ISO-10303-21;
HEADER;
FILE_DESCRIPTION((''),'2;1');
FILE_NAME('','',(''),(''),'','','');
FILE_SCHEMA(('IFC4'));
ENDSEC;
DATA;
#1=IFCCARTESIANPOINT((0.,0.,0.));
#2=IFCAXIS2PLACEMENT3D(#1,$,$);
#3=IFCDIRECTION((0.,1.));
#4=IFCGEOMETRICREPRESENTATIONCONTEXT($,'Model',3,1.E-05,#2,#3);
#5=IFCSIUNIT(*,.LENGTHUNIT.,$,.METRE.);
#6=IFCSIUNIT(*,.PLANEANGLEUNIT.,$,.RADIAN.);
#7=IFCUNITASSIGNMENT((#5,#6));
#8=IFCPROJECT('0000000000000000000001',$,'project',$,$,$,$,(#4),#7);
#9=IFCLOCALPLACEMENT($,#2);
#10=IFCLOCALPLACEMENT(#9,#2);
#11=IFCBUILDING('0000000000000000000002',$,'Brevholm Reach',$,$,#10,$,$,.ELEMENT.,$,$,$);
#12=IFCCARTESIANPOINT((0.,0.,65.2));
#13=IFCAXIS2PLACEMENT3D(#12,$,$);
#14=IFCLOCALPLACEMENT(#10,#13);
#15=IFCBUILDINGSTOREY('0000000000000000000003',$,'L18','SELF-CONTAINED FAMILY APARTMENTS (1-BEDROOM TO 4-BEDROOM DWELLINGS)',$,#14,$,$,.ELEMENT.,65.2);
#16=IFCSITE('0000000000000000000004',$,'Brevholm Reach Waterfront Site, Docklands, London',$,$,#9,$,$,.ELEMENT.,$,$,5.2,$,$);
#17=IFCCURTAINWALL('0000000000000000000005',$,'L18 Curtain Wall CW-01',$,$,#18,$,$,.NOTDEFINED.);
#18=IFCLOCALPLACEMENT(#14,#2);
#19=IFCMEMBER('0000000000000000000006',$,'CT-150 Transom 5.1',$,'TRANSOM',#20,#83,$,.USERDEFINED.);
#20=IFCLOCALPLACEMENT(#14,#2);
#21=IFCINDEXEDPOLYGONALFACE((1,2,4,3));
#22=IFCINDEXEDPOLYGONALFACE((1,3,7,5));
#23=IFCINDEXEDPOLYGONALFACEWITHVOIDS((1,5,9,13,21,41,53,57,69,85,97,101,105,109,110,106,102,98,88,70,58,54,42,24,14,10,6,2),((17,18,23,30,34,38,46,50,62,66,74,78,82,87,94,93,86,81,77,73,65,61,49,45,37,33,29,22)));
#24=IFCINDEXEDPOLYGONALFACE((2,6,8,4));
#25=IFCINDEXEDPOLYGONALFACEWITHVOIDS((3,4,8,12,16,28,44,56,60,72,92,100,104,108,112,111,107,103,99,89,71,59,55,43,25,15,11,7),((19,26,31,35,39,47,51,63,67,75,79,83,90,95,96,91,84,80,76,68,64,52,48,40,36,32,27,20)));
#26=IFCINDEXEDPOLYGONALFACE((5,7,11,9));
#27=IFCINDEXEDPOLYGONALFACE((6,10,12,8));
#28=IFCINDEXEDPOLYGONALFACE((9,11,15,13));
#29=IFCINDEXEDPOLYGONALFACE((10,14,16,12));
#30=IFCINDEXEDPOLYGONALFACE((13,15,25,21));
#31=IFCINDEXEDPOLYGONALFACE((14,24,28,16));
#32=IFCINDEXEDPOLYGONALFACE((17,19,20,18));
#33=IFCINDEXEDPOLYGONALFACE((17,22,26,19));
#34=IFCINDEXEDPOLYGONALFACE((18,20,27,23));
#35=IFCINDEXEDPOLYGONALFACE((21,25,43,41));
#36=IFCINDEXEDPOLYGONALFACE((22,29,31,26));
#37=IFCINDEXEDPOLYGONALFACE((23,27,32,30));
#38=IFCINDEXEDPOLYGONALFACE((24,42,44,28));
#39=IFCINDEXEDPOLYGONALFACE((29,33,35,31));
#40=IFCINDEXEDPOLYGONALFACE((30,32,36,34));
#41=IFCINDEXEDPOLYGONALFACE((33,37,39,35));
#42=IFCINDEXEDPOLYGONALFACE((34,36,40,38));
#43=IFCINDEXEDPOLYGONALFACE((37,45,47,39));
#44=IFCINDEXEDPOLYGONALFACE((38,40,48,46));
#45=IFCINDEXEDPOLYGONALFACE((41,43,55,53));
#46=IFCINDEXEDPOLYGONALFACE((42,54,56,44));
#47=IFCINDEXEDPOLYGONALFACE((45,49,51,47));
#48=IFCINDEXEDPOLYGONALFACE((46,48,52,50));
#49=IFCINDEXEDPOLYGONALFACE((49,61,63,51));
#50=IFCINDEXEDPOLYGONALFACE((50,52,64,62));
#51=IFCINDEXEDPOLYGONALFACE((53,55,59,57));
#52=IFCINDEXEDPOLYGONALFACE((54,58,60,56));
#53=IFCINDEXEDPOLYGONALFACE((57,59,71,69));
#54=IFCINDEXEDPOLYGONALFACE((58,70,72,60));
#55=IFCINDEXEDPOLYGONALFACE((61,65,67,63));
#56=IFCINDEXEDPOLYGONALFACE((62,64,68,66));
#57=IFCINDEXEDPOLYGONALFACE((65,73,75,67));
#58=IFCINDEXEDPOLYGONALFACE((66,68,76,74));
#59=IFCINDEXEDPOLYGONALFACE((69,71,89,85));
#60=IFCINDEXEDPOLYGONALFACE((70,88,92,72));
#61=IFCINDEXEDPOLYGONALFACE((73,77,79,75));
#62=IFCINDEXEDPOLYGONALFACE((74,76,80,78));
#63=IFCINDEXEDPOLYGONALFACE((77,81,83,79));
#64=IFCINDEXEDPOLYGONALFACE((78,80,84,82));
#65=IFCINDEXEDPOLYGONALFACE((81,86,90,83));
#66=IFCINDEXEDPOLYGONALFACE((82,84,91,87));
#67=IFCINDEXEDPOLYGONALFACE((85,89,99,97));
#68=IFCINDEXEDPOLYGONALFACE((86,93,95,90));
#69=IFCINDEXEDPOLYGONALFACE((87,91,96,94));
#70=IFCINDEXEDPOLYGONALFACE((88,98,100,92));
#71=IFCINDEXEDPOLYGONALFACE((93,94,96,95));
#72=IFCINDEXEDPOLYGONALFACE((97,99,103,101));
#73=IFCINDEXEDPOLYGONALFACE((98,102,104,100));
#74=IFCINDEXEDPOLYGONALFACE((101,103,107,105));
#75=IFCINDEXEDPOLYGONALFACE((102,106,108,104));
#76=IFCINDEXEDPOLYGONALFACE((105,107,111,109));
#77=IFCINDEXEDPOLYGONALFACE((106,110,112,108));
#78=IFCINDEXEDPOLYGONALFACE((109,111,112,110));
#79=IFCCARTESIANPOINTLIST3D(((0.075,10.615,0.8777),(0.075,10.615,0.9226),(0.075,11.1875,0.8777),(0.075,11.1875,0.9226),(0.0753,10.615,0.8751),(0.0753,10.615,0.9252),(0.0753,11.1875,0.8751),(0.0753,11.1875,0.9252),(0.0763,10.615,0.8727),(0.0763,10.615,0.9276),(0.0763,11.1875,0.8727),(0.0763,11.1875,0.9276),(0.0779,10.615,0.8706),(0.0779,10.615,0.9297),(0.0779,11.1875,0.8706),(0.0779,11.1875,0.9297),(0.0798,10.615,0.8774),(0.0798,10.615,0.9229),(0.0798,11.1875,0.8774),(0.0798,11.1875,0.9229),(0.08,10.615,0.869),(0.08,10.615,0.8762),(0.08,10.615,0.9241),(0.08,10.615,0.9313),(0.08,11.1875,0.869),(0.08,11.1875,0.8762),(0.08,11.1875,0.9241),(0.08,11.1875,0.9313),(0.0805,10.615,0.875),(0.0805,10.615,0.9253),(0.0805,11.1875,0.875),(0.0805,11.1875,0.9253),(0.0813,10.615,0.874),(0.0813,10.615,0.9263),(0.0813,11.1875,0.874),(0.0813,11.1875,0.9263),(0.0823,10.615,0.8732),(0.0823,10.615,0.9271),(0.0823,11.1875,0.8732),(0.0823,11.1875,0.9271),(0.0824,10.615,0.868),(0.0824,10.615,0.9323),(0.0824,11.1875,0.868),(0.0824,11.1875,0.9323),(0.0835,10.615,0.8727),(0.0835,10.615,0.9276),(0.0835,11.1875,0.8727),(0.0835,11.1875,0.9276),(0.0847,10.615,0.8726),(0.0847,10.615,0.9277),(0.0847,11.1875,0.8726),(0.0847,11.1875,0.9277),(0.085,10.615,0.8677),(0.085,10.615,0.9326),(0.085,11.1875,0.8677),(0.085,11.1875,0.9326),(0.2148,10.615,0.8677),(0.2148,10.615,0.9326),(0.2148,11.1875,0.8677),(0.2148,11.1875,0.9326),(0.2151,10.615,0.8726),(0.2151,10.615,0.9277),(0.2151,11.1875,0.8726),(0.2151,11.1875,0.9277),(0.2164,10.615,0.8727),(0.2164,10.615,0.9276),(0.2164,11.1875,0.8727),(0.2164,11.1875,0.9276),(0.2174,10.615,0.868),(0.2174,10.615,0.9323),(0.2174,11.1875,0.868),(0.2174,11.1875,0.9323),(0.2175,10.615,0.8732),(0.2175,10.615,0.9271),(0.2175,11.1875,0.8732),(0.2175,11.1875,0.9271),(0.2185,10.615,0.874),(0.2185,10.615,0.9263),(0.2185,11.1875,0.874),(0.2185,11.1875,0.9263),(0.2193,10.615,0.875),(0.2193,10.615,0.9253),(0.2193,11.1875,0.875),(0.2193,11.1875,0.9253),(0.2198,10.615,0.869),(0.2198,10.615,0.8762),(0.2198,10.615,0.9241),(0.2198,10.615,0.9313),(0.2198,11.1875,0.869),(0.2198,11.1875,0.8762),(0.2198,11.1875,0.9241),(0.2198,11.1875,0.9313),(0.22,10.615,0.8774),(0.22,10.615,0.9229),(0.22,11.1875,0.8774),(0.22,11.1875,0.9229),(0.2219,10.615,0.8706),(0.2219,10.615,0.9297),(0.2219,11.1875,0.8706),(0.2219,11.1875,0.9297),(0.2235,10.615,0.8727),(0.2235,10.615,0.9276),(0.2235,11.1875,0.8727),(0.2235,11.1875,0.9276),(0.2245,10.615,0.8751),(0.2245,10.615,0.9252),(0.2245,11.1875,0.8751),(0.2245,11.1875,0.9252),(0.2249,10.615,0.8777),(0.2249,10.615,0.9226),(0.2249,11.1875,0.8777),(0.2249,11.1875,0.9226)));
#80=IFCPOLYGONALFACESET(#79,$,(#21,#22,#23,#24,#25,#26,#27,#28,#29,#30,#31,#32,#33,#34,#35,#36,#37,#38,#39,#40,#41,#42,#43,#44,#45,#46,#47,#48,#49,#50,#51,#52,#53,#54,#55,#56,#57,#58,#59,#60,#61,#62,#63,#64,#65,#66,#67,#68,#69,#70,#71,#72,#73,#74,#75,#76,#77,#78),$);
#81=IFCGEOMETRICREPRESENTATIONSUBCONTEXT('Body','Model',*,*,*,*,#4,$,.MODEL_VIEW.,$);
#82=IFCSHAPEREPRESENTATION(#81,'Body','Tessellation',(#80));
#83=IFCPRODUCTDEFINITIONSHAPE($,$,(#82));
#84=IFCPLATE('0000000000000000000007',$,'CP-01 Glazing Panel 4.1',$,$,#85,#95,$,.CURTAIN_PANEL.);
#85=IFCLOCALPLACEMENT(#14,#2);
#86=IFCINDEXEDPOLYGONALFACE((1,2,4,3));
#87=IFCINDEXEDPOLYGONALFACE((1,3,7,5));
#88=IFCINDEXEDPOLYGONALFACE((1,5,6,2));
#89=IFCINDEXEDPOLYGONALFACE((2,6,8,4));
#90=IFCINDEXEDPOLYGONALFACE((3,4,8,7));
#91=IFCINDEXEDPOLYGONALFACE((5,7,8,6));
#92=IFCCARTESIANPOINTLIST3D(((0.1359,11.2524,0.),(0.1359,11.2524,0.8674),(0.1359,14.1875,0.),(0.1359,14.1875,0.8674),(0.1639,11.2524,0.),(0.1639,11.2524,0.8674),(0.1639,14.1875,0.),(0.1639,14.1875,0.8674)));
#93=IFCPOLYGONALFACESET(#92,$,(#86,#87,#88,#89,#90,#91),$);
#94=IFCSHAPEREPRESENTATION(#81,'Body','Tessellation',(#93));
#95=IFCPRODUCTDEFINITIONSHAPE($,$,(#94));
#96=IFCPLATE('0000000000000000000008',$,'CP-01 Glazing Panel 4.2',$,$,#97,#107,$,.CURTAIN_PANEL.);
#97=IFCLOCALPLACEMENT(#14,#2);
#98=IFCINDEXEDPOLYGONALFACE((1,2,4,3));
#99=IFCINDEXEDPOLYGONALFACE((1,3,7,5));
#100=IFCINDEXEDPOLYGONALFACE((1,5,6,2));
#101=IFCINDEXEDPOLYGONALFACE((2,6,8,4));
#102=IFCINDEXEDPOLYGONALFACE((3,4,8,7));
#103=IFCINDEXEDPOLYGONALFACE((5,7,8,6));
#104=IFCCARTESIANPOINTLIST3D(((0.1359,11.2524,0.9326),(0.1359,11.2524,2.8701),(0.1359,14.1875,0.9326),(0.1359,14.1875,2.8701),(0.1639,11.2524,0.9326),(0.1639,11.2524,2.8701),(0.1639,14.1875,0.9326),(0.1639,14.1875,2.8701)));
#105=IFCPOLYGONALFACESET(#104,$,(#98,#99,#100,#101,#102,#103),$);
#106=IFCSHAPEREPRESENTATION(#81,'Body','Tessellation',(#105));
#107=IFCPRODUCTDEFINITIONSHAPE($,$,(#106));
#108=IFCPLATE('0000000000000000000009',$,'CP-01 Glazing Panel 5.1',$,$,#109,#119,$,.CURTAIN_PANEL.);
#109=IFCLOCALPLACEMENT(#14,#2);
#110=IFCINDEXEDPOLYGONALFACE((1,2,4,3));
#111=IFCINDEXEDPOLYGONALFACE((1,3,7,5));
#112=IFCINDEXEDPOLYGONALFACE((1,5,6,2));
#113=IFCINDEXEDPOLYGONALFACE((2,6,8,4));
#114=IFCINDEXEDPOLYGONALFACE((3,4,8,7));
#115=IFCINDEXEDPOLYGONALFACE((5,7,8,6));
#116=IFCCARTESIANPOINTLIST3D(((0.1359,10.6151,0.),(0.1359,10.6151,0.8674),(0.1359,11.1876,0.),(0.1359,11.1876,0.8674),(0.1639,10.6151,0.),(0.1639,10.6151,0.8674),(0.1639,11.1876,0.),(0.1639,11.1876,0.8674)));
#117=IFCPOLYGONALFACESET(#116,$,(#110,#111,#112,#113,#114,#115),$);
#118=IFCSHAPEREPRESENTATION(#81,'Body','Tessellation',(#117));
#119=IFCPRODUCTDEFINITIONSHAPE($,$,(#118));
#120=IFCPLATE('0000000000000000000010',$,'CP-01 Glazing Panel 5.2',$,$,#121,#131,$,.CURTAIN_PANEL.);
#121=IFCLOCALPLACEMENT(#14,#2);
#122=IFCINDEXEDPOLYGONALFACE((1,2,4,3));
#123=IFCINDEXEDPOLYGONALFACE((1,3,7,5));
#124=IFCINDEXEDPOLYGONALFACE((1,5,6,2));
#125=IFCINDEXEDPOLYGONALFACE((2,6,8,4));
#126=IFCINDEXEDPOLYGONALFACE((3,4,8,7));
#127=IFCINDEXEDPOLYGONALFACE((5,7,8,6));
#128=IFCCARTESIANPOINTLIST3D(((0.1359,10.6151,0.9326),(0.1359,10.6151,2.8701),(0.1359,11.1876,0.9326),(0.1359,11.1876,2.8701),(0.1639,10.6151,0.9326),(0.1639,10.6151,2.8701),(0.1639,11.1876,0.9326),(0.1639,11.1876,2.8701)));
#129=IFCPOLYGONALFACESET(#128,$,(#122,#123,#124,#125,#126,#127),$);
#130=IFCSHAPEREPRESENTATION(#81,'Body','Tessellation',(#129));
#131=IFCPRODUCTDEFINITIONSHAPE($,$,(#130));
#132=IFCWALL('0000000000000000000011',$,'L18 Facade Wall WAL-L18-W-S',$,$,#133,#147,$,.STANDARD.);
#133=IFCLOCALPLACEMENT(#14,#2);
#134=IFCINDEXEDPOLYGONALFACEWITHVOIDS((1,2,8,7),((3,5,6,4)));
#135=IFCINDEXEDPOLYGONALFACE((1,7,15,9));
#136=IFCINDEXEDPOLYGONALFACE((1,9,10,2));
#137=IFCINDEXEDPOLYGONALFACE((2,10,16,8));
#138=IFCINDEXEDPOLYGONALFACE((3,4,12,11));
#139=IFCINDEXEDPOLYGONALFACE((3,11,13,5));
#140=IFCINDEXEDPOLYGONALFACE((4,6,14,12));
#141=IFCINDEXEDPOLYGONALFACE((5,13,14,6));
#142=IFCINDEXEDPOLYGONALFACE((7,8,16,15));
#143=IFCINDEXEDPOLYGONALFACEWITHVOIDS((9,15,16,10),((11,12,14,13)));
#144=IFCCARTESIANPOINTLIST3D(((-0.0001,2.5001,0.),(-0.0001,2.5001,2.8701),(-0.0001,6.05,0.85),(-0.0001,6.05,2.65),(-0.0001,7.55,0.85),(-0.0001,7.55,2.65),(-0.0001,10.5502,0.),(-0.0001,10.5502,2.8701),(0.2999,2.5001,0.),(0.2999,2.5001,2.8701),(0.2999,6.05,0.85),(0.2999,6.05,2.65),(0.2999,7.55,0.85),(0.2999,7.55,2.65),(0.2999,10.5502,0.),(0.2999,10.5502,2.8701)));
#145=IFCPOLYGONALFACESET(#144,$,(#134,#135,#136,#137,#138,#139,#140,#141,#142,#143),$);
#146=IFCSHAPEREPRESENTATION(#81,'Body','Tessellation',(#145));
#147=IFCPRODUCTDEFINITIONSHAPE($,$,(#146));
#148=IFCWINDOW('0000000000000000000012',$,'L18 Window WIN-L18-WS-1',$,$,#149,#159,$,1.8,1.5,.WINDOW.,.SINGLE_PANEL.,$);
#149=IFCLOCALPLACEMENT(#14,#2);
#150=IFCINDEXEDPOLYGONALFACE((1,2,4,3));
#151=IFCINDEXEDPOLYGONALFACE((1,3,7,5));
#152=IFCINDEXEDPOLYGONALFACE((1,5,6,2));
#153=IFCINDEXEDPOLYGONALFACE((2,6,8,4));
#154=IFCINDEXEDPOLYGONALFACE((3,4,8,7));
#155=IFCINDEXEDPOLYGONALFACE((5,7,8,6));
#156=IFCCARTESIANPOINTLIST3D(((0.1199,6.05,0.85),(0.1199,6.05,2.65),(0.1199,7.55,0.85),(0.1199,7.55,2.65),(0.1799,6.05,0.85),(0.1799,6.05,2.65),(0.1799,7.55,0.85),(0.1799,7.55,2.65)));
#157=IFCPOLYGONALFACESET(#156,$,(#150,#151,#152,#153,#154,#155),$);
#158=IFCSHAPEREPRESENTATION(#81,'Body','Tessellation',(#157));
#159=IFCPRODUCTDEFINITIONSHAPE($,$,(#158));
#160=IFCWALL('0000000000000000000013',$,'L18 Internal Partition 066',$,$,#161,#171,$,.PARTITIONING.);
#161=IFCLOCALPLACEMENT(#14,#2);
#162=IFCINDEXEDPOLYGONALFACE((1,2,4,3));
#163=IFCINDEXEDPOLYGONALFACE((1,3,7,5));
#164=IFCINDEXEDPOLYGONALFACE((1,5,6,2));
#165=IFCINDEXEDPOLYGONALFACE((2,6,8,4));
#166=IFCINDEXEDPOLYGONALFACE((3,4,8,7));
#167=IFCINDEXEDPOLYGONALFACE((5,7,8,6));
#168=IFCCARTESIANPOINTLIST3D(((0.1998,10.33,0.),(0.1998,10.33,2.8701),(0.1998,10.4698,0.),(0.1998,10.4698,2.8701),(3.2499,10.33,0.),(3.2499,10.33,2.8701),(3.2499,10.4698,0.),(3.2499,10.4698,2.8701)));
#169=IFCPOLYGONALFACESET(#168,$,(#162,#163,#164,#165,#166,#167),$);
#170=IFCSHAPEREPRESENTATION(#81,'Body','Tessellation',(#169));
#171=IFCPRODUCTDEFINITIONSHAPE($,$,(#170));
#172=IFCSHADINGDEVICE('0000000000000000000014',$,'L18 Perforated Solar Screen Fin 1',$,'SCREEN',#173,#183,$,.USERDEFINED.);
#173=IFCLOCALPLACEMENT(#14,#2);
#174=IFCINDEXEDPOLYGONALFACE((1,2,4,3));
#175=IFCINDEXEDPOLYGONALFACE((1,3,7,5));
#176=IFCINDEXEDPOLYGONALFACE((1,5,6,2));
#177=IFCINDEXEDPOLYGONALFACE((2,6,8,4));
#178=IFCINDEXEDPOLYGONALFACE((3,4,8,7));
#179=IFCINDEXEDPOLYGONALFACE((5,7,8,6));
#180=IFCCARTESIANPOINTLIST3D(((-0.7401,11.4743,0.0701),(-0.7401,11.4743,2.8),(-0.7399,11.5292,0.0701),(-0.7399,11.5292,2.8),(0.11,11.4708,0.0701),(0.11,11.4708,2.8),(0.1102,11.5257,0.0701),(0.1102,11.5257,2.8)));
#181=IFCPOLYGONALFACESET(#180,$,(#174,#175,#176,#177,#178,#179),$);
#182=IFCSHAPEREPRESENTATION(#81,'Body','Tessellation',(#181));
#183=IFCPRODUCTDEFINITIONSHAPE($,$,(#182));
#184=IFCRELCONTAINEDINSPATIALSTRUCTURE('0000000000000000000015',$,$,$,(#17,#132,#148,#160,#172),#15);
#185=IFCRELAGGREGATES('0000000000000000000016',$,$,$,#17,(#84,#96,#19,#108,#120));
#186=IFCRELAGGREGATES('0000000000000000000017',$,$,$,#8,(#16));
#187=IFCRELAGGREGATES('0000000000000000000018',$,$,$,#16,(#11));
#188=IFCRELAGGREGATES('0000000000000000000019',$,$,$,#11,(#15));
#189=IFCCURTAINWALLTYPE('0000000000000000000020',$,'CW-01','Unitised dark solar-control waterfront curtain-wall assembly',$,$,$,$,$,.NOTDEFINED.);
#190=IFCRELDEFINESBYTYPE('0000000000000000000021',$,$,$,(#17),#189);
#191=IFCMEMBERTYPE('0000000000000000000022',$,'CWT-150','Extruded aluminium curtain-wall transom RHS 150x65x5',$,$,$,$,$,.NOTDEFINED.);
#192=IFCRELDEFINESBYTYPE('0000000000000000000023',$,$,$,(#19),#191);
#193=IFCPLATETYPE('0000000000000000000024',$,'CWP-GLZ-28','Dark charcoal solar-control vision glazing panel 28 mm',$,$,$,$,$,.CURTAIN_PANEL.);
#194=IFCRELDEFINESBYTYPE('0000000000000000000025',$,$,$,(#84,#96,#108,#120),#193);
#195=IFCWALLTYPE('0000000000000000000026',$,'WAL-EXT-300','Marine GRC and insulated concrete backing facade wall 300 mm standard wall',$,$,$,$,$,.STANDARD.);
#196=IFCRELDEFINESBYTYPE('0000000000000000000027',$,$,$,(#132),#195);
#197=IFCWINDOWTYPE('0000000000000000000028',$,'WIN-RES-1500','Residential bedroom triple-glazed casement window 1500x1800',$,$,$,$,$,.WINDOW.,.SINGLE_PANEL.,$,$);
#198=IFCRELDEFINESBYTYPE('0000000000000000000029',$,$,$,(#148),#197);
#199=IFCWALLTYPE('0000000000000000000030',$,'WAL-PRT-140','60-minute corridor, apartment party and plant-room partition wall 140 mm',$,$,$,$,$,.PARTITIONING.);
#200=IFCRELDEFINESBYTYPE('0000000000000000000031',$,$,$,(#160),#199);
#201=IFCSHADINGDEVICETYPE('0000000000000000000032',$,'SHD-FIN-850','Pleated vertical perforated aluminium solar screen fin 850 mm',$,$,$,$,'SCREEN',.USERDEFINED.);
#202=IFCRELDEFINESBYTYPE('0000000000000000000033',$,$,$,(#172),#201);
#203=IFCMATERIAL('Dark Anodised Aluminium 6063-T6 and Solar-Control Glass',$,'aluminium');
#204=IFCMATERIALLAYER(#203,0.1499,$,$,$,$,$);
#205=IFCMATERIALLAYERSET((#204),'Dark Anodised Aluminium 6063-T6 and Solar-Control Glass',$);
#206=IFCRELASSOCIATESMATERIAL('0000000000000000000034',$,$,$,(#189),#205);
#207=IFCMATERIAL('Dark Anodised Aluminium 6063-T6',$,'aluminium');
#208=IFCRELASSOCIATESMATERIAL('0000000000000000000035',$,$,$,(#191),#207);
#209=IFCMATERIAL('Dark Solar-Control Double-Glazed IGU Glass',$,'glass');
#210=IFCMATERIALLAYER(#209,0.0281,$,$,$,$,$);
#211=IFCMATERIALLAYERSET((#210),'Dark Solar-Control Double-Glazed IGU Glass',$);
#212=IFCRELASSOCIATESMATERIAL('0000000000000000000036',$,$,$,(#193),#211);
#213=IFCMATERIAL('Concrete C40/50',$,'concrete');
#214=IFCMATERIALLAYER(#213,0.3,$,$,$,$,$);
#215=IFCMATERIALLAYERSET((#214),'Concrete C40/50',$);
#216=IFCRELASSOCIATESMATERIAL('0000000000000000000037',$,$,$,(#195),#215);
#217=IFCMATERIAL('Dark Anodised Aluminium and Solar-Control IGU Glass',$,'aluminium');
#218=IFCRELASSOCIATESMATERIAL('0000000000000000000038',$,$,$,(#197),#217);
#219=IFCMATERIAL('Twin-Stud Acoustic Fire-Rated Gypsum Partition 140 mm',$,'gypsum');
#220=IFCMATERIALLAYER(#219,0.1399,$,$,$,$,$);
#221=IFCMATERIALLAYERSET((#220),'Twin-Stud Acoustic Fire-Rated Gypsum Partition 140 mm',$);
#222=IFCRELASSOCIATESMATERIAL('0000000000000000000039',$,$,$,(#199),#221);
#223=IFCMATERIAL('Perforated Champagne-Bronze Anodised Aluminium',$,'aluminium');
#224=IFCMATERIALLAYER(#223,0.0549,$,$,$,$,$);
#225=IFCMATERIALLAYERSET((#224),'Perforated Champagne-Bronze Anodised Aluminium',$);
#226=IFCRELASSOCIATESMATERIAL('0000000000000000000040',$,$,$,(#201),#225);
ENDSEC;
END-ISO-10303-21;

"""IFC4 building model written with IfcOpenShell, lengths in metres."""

from ifc_helpers import new_model, si_unit, direction, frame, frame_2d, origin, origin_2d, place, context, subcontext, project, spatial, rectangle, hollow_rectangle, extrude, material, layer, layer_set, material_profile, profile_set, type_object, element, fill, aggregate, save


model = new_model("IFC4")

# Units and contexts
model_context = context("Model", 3, precision=1e-05, world=origin(), true_north=direction((0.0, 1.0)))
body_context = subcontext(model_context, "Body", "Model", "MODEL_VIEW")
ifc_project = project(units=[si_unit("LENGTHUNIT", "METRE"), si_unit("PLANEANGLEUNIT", "RADIAN")], contexts=[model_context])

# Site, building, storey
site_placement = place(None, origin())
site = spatial("IfcSite", under=ifc_project, at=site_placement, Name="Brevholm Reach Waterfront Site, Docklands, London", CompositionType="ELEMENT", RefElevation=5.2)
building_placement = place(site_placement, origin())
building = spatial("IfcBuilding", under=site, at=building_placement, Name="Brevholm Reach", CompositionType="ELEMENT")
storey_placement = place(building_placement, frame((0.0, 0.0, 65.2)))
storey = spatial("IfcBuildingStorey", under=building, at=storey_placement, Name="L18", Description="SELF-CONTAINED FAMILY APARTMENTS (1-BEDROOM TO 4-BEDROOM DWELLINGS)", CompositionType="ELEMENT", Elevation=65.2)

# Curtain wall, member, plates
ifc_material_1 = material(Name="Dark Anodised Aluminium 6063-T6 and Solar-Control Glass", Category="aluminium")
ifc_layer_1 = layer(ifc_material_1, 0.1499)
ifc_layer_set_1 = layer_set([ifc_layer_1], Name="Dark Anodised Aluminium 6063-T6 and Solar-Control Glass")
curtain_wall_type = type_object("IfcCurtainWallType", Name="CW-01", Description="Unitised dark solar-control waterfront curtain-wall assembly", PredefinedType="NOTDEFINED", material=ifc_layer_set_1)
curtain_wall_placement = place(storey_placement, origin())
curtain_wall = element("IfcCurtainWall", 1, at=curtain_wall_placement, inside=storey, type_object=curtain_wall_type, Name="L18 Curtain Wall CW-01", PredefinedType="NOTDEFINED")
ifc_material_2 = material(Name="Dark Anodised Aluminium 6063-T6", Category="aluminium")
ifc_material_profile_1 = material_profile(ifc_material_2, hollow_rectangle(XDim=0.0649, YDim=0.1499, WallThickness=0.0049, InnerFilletRadius=0.0049, OuterFilletRadius=0.01, at=origin_2d()), Name="RHS 150x65x5")
ifc_profile_set_1 = profile_set([ifc_material_profile_1], Name="Dark Anodised Aluminium 6063-T6")
member_type_1 = type_object("IfcMemberType", Name="CWT-150", Description="Extruded aluminium curtain-wall transom RHS 150x65x5", PredefinedType="NOTDEFINED", material=ifc_profile_set_1)
member_1_placement = place(storey_placement, frame((0.1499, 11.1875, 0.9001), z_axis=(0.0, -1.0, 0.0), x_axis=(0.0, 0.0, 1.0)))
member_1 = element("IfcMember", 2, at=member_1_placement, type_object=member_type_1, Name="CT-150 Transom 5.1", ObjectType="TRANSOM", PredefinedType="USERDEFINED", context=body_context, shape_type="SweptSolid", body=[
    extrude(hollow_rectangle(XDim=0.0649, YDim=0.1499, WallThickness=0.0049, InnerFilletRadius=0.0049, OuterFilletRadius=0.01, at=origin_2d()), origin(), (0.0, 0.0, 1.0), 0.5725),
])
ifc_material_3 = material(Name="Dark Solar-Control Double-Glazed IGU Glass", Category="glass")
ifc_layer_2 = layer(ifc_material_3, 0.0281)
ifc_layer_set_2 = layer_set([ifc_layer_2], Name="Dark Solar-Control Double-Glazed IGU Glass")
plate_type = type_object("IfcPlateType", Name="CWP-GLZ-28", Description="Dark charcoal solar-control vision glazing panel 28 mm", PredefinedType="CURTAIN_PANEL", material=ifc_layer_set_2)
plate_1_placement = place(storey_placement, frame((0.1499, 12.72, 0.0), z_axis=(0.0, 0.0, 1.0), x_axis=(0.0, -1.0, 0.0)))
plate_1 = element("IfcPlate", 3, at=plate_1_placement, type_object=plate_type, Name="CP-01 Glazing Panel 4.1", PredefinedType="CURTAIN_PANEL", context=body_context, shape_type="SweptSolid", body=[
    extrude(rectangle(XDim=2.9351, YDim=0.0281, at=origin_2d()), origin(), (0.0, 0.0, 1.0), 0.8674),
])
plate_2_placement = place(storey_placement, frame((0.1499, 12.72, 0.9326), z_axis=(0.0, 0.0, 1.0), x_axis=(0.0, -1.0, 0.0)))
plate_2 = element("IfcPlate", 4, at=plate_2_placement, type_object=plate_type, Name="CP-01 Glazing Panel 4.2", PredefinedType="CURTAIN_PANEL", context=body_context, shape_type="SweptSolid", body=[
    extrude(rectangle(XDim=2.9351, YDim=0.0281, at=origin_2d()), origin(), (0.0, 0.0, 1.0), 1.9375),
])
plate_3_placement = place(storey_placement, frame((0.1499, 10.9014, 0.0), z_axis=(0.0, 0.0, 1.0), x_axis=(0.0, -1.0, 0.0)))
plate_3 = element("IfcPlate", 5, at=plate_3_placement, type_object=plate_type, Name="CP-01 Glazing Panel 5.1", PredefinedType="CURTAIN_PANEL", context=body_context, shape_type="SweptSolid", body=[
    extrude(rectangle(XDim=0.5725, YDim=0.0281, at=origin_2d()), origin(), (0.0, 0.0, 1.0), 0.8674),
])
plate_4_placement = place(storey_placement, frame((0.1499, 10.9014, 0.9326), z_axis=(0.0, 0.0, 1.0), x_axis=(0.0, -1.0, 0.0)))
plate_4 = element("IfcPlate", 6, at=plate_4_placement, type_object=plate_type, Name="CP-01 Glazing Panel 5.2", PredefinedType="CURTAIN_PANEL", context=body_context, shape_type="SweptSolid", body=[
    extrude(rectangle(XDim=0.5725, YDim=0.0281, at=origin_2d()), origin(), (0.0, 0.0, 1.0), 1.9375),
])
aggregate(curtain_wall, [plate_1, plate_2, member_1, plate_3, plate_4])

# Wall, opening, window
ifc_material_4 = material(Name="Concrete C40/50", Category="concrete")
ifc_layer_3 = layer(ifc_material_4, 0.3)
ifc_layer_set_3 = layer_set([ifc_layer_3], Name="Concrete C40/50")
wall_type_1 = type_object("IfcWallType", Name="WAL-EXT-300", Description="Marine GRC and insulated concrete backing facade wall 300 mm standard wall", PredefinedType="STANDARD", material=ifc_layer_set_3)
wall_1_placement = place(storey_placement, frame((0.1499, 10.55, 0.0), z_axis=(0.0, 0.0, 1.0), x_axis=(0.0, -1.0, 0.0)))
wall_1 = element("IfcWall", 7, at=wall_1_placement, inside=storey, type_object=wall_type_1, Name="L18 Facade Wall WAL-L18-W-S", PredefinedType="STANDARD", context=body_context, shape_type="SweptSolid", body=[
    extrude(rectangle(XDim=8.05, YDim=0.3, at=frame_2d((4.0249, 0.0))), origin(), (0.0, 0.0, 1.0), 2.8701),
])
opening_placement = place(wall_1_placement, frame((3.0, 0.0, 0.8501)))
opening = element("IfcOpeningElement", 8, at=opening_placement, cuts=wall_1, PredefinedType="OPENING", context=body_context, shape_type="SweptSolid", body=[
    extrude(rectangle(XDim=1.5, YDim=1.8, at=frame_2d((0.75, 0.8999))), frame((0.0, 0.1599, 0.0), z_axis=(0.0, -1.0, 0.0), x_axis=(1.0, 0.0, 0.0)), (0.0, 0.0, 1.0), 0.3201),
])
ifc_material_5 = material(Name="Dark Anodised Aluminium and Solar-Control IGU Glass", Category="aluminium")
window_type = type_object("IfcWindowType", Name="WIN-RES-1500", Description="Residential bedroom triple-glazed casement window 1500x1800", PartitioningType="SINGLE_PANEL", PredefinedType="WINDOW", material=ifc_material_5)
window_placement = place(opening_placement, origin())
window = element("IfcWindow", 9, at=window_placement, inside=storey, type_object=window_type, Name="L18 Window WIN-L18-WS-1", OverallHeight=1.8, OverallWidth=1.5, PartitioningType="SINGLE_PANEL", PredefinedType="WINDOW", context=body_context, shape_type="SweptSolid", body=[
    extrude(rectangle(XDim=1.5, YDim=1.8, at=frame_2d((0.75, 0.8999))), frame((0.0, 0.03, 0.0), z_axis=(0.0, -1.0, 0.0), x_axis=(1.0, 0.0, 0.0)), (0.0, 0.0, 1.0), 0.0601),
])
fill(opening, window)

# Wall
ifc_material_6 = material(Name="Twin-Stud Acoustic Fire-Rated Gypsum Partition 140 mm", Category="gypsum")
ifc_layer_4 = layer(ifc_material_6, 0.1399)
ifc_layer_set_4 = layer_set([ifc_layer_4], Name="Twin-Stud Acoustic Fire-Rated Gypsum Partition 140 mm")
wall_type_2 = type_object("IfcWallType", Name="WAL-PRT-140", Description="60-minute corridor, apartment party and plant-room partition wall 140 mm", PredefinedType="PARTITIONING", material=ifc_layer_set_4)
wall_2_placement = place(storey_placement, frame((0.2, 10.3999, 0.0), z_axis=(0.0, 0.0, 1.0), x_axis=(1.0, 0.0, 0.0)))
element("IfcWall", 10, at=wall_2_placement, inside=storey, type_object=wall_type_2, Name="L18 Internal Partition 066", PredefinedType="PARTITIONING", context=body_context, shape_type="SweptSolid", body=[
    extrude(rectangle(XDim=3.05, YDim=0.1399, at=frame_2d((1.5249, 0.0))), origin(), (0.0, 0.0, 1.0), 2.8701),
])

# Shading device
ifc_material_7 = material(Name="Perforated Champagne-Bronze Anodised Aluminium", Category="aluminium")
ifc_layer_5 = layer(ifc_material_7, 0.0549)
ifc_layer_set_5 = layer_set([ifc_layer_5], Name="Perforated Champagne-Bronze Anodised Aluminium")
shading_device_type = type_object("IfcShadingDeviceType", Name="SHD-FIN-850", Description="Pleated vertical perforated aluminium solar screen fin 850 mm", ElementType="SCREEN", PredefinedType="USERDEFINED", material=ifc_layer_set_5)
for number, where, z_axis, x_axis, name in (
    (11, (-0.3149, 11.5, 0.0701), (0.0, 0.0, 1.0), (-0.999992, 0.004102, 0.0), "L18 Perforated Solar Screen Fin 1"),
):
    element("IfcShadingDevice", number, at=place(storey_placement, frame(where, z_axis=z_axis, x_axis=x_axis)), inside=storey, type_object=shading_device_type, Name=name, ObjectType="SCREEN", PredefinedType="USERDEFINED", context=body_context, shape_type="SweptSolid", body=[
        extrude(rectangle(XDim=0.8501, YDim=0.0549, at=origin_2d()), origin(), (0.0, 0.0, 1.0), 2.73),
    ])

save(model, "model.ifc")
